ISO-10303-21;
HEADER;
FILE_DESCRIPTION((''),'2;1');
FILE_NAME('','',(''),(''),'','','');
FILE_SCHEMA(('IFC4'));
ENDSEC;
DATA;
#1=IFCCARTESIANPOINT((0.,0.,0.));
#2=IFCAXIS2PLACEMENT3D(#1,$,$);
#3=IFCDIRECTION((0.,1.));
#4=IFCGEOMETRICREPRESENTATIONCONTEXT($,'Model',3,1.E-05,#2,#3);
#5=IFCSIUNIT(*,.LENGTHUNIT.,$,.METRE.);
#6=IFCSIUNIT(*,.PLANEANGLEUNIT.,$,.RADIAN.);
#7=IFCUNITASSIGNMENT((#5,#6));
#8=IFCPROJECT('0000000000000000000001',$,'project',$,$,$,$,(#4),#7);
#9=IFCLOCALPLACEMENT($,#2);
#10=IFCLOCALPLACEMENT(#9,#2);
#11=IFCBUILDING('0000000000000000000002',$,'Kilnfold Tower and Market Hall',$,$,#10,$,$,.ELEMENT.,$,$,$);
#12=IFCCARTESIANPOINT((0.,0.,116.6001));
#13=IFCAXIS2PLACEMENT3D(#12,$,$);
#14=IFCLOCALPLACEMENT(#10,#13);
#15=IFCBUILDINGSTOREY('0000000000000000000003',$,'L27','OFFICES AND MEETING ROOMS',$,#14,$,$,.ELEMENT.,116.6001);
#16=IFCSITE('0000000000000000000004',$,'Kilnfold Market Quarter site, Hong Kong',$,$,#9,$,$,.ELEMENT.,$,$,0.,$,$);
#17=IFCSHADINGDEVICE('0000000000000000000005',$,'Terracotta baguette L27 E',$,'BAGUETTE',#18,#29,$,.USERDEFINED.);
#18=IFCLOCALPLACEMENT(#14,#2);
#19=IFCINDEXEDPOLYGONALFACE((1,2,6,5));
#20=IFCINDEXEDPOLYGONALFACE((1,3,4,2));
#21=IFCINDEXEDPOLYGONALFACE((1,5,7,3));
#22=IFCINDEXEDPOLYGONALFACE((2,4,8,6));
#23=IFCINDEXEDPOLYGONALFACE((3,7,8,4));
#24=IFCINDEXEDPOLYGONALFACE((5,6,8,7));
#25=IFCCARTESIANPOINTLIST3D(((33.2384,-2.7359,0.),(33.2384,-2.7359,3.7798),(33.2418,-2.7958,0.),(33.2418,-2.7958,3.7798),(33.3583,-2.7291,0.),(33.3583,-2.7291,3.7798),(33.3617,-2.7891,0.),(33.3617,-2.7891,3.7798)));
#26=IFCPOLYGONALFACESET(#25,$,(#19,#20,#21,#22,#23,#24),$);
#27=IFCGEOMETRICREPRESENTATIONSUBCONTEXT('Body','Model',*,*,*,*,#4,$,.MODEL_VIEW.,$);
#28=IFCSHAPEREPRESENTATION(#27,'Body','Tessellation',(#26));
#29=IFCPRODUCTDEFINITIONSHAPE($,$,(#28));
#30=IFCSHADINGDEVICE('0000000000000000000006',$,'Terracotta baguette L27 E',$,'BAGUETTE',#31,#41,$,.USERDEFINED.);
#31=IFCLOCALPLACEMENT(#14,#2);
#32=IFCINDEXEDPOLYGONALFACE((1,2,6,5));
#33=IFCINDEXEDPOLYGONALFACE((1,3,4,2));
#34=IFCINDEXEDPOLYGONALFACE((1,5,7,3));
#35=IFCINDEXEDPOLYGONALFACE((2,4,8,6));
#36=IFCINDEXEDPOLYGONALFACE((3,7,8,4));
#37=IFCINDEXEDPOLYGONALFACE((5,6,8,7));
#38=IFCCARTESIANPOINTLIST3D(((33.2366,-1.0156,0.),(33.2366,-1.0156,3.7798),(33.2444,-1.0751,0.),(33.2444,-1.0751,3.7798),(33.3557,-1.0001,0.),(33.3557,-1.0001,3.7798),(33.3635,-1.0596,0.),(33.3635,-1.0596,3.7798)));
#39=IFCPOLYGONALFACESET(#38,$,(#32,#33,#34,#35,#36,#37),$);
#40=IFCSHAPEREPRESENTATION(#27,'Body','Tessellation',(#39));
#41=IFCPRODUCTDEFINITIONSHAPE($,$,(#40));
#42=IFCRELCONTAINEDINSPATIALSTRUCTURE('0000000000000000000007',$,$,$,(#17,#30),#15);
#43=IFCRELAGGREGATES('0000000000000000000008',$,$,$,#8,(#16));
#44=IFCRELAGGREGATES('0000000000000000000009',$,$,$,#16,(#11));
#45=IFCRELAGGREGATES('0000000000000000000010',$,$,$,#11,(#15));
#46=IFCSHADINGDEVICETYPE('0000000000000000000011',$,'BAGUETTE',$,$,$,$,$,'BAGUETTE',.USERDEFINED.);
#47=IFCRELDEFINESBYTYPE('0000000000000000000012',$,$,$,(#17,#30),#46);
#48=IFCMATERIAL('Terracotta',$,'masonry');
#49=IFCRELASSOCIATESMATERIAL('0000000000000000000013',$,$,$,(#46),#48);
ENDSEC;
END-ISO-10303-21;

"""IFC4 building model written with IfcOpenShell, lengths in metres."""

from ifc_helpers import new_model, si_unit, direction, frame, origin, origin_2d, place, context, subcontext, project, spatial, rectangle, extrude, source, transform, mapped, material, material_profile, profile_set, type_object, element, save


model = new_model("IFC4")

# Units and contexts
model_context = context("Model", 3, precision=1e-05, world=origin(), true_north=direction((0.0, 1.0)))
body_context = subcontext(model_context, "Body", "Model", "MODEL_VIEW")
ifc_project = project(units=[si_unit("LENGTHUNIT", "METRE"), si_unit("PLANEANGLEUNIT", "RADIAN")], contexts=[model_context])

# Site, building, storey
site_placement = place(None, origin())
site = spatial("IfcSite", under=ifc_project, at=site_placement, Name="Kilnfold Market Quarter site, Hong Kong", CompositionType="ELEMENT", RefElevation=0.0)
building_placement = place(site_placement, origin())
building = spatial("IfcBuilding", under=site, at=building_placement, Name="Kilnfold Tower and Market Hall", CompositionType="ELEMENT")
storey_placement = place(building_placement, frame((0.0, 0.0, 116.6001)))
storey = spatial("IfcBuildingStorey", under=building, at=storey_placement, Name="L27", Description="OFFICES AND MEETING ROOMS", CompositionType="ELEMENT", Elevation=116.6001)

# Shading devices
ifc_material_1 = material(Name="Terracotta", Category="masonry")
ifc_material_profile_1 = material_profile(ifc_material_1, rectangle(XDim=0.0601, YDim=0.1201, at=origin_2d()), Name="BAG 60x120")
ifc_profile_set_1 = profile_set([ifc_material_profile_1], Name="Terracotta")
shading_device_type = type_object("IfcShadingDeviceType", Name="BAGUETTE", ElementType="BAGUETTE", PredefinedType="USERDEFINED", material=ifc_profile_set_1)
shared_shape_1 = source(origin(), body_context, "Body", "SweptSolid", [
    extrude(rectangle(XDim=0.0601, YDim=0.1201, at=origin_2d()), origin(), (0.0, 0.0, 1.0), 3.7798),
])
for number, where, z_axis, x_axis, name in (
    (1, (33.3, -2.7625, 0.0), (0.0, 0.0, 1.0), (-0.056299, 0.998414, 0.0), "Terracotta baguette L27 E"),
    (2, (33.3, -1.0376, 0.0), (0.0, 0.0, 1.0), (-0.129233, 0.991614, 0.0), "Terracotta baguette L27 E"),
):
    element("IfcShadingDevice", number, at=place(storey_placement, frame(where, z_axis=z_axis, x_axis=x_axis)), inside=storey, type_object=shading_device_type, Name=name, ObjectType="BAGUETTE", PredefinedType="USERDEFINED", context=body_context, shape_type="MappedRepresentation", body=[
        mapped(shared_shape_1, transform((0.0, 0.0, 0.0))),
    ])

save(model, "model.ifc")
